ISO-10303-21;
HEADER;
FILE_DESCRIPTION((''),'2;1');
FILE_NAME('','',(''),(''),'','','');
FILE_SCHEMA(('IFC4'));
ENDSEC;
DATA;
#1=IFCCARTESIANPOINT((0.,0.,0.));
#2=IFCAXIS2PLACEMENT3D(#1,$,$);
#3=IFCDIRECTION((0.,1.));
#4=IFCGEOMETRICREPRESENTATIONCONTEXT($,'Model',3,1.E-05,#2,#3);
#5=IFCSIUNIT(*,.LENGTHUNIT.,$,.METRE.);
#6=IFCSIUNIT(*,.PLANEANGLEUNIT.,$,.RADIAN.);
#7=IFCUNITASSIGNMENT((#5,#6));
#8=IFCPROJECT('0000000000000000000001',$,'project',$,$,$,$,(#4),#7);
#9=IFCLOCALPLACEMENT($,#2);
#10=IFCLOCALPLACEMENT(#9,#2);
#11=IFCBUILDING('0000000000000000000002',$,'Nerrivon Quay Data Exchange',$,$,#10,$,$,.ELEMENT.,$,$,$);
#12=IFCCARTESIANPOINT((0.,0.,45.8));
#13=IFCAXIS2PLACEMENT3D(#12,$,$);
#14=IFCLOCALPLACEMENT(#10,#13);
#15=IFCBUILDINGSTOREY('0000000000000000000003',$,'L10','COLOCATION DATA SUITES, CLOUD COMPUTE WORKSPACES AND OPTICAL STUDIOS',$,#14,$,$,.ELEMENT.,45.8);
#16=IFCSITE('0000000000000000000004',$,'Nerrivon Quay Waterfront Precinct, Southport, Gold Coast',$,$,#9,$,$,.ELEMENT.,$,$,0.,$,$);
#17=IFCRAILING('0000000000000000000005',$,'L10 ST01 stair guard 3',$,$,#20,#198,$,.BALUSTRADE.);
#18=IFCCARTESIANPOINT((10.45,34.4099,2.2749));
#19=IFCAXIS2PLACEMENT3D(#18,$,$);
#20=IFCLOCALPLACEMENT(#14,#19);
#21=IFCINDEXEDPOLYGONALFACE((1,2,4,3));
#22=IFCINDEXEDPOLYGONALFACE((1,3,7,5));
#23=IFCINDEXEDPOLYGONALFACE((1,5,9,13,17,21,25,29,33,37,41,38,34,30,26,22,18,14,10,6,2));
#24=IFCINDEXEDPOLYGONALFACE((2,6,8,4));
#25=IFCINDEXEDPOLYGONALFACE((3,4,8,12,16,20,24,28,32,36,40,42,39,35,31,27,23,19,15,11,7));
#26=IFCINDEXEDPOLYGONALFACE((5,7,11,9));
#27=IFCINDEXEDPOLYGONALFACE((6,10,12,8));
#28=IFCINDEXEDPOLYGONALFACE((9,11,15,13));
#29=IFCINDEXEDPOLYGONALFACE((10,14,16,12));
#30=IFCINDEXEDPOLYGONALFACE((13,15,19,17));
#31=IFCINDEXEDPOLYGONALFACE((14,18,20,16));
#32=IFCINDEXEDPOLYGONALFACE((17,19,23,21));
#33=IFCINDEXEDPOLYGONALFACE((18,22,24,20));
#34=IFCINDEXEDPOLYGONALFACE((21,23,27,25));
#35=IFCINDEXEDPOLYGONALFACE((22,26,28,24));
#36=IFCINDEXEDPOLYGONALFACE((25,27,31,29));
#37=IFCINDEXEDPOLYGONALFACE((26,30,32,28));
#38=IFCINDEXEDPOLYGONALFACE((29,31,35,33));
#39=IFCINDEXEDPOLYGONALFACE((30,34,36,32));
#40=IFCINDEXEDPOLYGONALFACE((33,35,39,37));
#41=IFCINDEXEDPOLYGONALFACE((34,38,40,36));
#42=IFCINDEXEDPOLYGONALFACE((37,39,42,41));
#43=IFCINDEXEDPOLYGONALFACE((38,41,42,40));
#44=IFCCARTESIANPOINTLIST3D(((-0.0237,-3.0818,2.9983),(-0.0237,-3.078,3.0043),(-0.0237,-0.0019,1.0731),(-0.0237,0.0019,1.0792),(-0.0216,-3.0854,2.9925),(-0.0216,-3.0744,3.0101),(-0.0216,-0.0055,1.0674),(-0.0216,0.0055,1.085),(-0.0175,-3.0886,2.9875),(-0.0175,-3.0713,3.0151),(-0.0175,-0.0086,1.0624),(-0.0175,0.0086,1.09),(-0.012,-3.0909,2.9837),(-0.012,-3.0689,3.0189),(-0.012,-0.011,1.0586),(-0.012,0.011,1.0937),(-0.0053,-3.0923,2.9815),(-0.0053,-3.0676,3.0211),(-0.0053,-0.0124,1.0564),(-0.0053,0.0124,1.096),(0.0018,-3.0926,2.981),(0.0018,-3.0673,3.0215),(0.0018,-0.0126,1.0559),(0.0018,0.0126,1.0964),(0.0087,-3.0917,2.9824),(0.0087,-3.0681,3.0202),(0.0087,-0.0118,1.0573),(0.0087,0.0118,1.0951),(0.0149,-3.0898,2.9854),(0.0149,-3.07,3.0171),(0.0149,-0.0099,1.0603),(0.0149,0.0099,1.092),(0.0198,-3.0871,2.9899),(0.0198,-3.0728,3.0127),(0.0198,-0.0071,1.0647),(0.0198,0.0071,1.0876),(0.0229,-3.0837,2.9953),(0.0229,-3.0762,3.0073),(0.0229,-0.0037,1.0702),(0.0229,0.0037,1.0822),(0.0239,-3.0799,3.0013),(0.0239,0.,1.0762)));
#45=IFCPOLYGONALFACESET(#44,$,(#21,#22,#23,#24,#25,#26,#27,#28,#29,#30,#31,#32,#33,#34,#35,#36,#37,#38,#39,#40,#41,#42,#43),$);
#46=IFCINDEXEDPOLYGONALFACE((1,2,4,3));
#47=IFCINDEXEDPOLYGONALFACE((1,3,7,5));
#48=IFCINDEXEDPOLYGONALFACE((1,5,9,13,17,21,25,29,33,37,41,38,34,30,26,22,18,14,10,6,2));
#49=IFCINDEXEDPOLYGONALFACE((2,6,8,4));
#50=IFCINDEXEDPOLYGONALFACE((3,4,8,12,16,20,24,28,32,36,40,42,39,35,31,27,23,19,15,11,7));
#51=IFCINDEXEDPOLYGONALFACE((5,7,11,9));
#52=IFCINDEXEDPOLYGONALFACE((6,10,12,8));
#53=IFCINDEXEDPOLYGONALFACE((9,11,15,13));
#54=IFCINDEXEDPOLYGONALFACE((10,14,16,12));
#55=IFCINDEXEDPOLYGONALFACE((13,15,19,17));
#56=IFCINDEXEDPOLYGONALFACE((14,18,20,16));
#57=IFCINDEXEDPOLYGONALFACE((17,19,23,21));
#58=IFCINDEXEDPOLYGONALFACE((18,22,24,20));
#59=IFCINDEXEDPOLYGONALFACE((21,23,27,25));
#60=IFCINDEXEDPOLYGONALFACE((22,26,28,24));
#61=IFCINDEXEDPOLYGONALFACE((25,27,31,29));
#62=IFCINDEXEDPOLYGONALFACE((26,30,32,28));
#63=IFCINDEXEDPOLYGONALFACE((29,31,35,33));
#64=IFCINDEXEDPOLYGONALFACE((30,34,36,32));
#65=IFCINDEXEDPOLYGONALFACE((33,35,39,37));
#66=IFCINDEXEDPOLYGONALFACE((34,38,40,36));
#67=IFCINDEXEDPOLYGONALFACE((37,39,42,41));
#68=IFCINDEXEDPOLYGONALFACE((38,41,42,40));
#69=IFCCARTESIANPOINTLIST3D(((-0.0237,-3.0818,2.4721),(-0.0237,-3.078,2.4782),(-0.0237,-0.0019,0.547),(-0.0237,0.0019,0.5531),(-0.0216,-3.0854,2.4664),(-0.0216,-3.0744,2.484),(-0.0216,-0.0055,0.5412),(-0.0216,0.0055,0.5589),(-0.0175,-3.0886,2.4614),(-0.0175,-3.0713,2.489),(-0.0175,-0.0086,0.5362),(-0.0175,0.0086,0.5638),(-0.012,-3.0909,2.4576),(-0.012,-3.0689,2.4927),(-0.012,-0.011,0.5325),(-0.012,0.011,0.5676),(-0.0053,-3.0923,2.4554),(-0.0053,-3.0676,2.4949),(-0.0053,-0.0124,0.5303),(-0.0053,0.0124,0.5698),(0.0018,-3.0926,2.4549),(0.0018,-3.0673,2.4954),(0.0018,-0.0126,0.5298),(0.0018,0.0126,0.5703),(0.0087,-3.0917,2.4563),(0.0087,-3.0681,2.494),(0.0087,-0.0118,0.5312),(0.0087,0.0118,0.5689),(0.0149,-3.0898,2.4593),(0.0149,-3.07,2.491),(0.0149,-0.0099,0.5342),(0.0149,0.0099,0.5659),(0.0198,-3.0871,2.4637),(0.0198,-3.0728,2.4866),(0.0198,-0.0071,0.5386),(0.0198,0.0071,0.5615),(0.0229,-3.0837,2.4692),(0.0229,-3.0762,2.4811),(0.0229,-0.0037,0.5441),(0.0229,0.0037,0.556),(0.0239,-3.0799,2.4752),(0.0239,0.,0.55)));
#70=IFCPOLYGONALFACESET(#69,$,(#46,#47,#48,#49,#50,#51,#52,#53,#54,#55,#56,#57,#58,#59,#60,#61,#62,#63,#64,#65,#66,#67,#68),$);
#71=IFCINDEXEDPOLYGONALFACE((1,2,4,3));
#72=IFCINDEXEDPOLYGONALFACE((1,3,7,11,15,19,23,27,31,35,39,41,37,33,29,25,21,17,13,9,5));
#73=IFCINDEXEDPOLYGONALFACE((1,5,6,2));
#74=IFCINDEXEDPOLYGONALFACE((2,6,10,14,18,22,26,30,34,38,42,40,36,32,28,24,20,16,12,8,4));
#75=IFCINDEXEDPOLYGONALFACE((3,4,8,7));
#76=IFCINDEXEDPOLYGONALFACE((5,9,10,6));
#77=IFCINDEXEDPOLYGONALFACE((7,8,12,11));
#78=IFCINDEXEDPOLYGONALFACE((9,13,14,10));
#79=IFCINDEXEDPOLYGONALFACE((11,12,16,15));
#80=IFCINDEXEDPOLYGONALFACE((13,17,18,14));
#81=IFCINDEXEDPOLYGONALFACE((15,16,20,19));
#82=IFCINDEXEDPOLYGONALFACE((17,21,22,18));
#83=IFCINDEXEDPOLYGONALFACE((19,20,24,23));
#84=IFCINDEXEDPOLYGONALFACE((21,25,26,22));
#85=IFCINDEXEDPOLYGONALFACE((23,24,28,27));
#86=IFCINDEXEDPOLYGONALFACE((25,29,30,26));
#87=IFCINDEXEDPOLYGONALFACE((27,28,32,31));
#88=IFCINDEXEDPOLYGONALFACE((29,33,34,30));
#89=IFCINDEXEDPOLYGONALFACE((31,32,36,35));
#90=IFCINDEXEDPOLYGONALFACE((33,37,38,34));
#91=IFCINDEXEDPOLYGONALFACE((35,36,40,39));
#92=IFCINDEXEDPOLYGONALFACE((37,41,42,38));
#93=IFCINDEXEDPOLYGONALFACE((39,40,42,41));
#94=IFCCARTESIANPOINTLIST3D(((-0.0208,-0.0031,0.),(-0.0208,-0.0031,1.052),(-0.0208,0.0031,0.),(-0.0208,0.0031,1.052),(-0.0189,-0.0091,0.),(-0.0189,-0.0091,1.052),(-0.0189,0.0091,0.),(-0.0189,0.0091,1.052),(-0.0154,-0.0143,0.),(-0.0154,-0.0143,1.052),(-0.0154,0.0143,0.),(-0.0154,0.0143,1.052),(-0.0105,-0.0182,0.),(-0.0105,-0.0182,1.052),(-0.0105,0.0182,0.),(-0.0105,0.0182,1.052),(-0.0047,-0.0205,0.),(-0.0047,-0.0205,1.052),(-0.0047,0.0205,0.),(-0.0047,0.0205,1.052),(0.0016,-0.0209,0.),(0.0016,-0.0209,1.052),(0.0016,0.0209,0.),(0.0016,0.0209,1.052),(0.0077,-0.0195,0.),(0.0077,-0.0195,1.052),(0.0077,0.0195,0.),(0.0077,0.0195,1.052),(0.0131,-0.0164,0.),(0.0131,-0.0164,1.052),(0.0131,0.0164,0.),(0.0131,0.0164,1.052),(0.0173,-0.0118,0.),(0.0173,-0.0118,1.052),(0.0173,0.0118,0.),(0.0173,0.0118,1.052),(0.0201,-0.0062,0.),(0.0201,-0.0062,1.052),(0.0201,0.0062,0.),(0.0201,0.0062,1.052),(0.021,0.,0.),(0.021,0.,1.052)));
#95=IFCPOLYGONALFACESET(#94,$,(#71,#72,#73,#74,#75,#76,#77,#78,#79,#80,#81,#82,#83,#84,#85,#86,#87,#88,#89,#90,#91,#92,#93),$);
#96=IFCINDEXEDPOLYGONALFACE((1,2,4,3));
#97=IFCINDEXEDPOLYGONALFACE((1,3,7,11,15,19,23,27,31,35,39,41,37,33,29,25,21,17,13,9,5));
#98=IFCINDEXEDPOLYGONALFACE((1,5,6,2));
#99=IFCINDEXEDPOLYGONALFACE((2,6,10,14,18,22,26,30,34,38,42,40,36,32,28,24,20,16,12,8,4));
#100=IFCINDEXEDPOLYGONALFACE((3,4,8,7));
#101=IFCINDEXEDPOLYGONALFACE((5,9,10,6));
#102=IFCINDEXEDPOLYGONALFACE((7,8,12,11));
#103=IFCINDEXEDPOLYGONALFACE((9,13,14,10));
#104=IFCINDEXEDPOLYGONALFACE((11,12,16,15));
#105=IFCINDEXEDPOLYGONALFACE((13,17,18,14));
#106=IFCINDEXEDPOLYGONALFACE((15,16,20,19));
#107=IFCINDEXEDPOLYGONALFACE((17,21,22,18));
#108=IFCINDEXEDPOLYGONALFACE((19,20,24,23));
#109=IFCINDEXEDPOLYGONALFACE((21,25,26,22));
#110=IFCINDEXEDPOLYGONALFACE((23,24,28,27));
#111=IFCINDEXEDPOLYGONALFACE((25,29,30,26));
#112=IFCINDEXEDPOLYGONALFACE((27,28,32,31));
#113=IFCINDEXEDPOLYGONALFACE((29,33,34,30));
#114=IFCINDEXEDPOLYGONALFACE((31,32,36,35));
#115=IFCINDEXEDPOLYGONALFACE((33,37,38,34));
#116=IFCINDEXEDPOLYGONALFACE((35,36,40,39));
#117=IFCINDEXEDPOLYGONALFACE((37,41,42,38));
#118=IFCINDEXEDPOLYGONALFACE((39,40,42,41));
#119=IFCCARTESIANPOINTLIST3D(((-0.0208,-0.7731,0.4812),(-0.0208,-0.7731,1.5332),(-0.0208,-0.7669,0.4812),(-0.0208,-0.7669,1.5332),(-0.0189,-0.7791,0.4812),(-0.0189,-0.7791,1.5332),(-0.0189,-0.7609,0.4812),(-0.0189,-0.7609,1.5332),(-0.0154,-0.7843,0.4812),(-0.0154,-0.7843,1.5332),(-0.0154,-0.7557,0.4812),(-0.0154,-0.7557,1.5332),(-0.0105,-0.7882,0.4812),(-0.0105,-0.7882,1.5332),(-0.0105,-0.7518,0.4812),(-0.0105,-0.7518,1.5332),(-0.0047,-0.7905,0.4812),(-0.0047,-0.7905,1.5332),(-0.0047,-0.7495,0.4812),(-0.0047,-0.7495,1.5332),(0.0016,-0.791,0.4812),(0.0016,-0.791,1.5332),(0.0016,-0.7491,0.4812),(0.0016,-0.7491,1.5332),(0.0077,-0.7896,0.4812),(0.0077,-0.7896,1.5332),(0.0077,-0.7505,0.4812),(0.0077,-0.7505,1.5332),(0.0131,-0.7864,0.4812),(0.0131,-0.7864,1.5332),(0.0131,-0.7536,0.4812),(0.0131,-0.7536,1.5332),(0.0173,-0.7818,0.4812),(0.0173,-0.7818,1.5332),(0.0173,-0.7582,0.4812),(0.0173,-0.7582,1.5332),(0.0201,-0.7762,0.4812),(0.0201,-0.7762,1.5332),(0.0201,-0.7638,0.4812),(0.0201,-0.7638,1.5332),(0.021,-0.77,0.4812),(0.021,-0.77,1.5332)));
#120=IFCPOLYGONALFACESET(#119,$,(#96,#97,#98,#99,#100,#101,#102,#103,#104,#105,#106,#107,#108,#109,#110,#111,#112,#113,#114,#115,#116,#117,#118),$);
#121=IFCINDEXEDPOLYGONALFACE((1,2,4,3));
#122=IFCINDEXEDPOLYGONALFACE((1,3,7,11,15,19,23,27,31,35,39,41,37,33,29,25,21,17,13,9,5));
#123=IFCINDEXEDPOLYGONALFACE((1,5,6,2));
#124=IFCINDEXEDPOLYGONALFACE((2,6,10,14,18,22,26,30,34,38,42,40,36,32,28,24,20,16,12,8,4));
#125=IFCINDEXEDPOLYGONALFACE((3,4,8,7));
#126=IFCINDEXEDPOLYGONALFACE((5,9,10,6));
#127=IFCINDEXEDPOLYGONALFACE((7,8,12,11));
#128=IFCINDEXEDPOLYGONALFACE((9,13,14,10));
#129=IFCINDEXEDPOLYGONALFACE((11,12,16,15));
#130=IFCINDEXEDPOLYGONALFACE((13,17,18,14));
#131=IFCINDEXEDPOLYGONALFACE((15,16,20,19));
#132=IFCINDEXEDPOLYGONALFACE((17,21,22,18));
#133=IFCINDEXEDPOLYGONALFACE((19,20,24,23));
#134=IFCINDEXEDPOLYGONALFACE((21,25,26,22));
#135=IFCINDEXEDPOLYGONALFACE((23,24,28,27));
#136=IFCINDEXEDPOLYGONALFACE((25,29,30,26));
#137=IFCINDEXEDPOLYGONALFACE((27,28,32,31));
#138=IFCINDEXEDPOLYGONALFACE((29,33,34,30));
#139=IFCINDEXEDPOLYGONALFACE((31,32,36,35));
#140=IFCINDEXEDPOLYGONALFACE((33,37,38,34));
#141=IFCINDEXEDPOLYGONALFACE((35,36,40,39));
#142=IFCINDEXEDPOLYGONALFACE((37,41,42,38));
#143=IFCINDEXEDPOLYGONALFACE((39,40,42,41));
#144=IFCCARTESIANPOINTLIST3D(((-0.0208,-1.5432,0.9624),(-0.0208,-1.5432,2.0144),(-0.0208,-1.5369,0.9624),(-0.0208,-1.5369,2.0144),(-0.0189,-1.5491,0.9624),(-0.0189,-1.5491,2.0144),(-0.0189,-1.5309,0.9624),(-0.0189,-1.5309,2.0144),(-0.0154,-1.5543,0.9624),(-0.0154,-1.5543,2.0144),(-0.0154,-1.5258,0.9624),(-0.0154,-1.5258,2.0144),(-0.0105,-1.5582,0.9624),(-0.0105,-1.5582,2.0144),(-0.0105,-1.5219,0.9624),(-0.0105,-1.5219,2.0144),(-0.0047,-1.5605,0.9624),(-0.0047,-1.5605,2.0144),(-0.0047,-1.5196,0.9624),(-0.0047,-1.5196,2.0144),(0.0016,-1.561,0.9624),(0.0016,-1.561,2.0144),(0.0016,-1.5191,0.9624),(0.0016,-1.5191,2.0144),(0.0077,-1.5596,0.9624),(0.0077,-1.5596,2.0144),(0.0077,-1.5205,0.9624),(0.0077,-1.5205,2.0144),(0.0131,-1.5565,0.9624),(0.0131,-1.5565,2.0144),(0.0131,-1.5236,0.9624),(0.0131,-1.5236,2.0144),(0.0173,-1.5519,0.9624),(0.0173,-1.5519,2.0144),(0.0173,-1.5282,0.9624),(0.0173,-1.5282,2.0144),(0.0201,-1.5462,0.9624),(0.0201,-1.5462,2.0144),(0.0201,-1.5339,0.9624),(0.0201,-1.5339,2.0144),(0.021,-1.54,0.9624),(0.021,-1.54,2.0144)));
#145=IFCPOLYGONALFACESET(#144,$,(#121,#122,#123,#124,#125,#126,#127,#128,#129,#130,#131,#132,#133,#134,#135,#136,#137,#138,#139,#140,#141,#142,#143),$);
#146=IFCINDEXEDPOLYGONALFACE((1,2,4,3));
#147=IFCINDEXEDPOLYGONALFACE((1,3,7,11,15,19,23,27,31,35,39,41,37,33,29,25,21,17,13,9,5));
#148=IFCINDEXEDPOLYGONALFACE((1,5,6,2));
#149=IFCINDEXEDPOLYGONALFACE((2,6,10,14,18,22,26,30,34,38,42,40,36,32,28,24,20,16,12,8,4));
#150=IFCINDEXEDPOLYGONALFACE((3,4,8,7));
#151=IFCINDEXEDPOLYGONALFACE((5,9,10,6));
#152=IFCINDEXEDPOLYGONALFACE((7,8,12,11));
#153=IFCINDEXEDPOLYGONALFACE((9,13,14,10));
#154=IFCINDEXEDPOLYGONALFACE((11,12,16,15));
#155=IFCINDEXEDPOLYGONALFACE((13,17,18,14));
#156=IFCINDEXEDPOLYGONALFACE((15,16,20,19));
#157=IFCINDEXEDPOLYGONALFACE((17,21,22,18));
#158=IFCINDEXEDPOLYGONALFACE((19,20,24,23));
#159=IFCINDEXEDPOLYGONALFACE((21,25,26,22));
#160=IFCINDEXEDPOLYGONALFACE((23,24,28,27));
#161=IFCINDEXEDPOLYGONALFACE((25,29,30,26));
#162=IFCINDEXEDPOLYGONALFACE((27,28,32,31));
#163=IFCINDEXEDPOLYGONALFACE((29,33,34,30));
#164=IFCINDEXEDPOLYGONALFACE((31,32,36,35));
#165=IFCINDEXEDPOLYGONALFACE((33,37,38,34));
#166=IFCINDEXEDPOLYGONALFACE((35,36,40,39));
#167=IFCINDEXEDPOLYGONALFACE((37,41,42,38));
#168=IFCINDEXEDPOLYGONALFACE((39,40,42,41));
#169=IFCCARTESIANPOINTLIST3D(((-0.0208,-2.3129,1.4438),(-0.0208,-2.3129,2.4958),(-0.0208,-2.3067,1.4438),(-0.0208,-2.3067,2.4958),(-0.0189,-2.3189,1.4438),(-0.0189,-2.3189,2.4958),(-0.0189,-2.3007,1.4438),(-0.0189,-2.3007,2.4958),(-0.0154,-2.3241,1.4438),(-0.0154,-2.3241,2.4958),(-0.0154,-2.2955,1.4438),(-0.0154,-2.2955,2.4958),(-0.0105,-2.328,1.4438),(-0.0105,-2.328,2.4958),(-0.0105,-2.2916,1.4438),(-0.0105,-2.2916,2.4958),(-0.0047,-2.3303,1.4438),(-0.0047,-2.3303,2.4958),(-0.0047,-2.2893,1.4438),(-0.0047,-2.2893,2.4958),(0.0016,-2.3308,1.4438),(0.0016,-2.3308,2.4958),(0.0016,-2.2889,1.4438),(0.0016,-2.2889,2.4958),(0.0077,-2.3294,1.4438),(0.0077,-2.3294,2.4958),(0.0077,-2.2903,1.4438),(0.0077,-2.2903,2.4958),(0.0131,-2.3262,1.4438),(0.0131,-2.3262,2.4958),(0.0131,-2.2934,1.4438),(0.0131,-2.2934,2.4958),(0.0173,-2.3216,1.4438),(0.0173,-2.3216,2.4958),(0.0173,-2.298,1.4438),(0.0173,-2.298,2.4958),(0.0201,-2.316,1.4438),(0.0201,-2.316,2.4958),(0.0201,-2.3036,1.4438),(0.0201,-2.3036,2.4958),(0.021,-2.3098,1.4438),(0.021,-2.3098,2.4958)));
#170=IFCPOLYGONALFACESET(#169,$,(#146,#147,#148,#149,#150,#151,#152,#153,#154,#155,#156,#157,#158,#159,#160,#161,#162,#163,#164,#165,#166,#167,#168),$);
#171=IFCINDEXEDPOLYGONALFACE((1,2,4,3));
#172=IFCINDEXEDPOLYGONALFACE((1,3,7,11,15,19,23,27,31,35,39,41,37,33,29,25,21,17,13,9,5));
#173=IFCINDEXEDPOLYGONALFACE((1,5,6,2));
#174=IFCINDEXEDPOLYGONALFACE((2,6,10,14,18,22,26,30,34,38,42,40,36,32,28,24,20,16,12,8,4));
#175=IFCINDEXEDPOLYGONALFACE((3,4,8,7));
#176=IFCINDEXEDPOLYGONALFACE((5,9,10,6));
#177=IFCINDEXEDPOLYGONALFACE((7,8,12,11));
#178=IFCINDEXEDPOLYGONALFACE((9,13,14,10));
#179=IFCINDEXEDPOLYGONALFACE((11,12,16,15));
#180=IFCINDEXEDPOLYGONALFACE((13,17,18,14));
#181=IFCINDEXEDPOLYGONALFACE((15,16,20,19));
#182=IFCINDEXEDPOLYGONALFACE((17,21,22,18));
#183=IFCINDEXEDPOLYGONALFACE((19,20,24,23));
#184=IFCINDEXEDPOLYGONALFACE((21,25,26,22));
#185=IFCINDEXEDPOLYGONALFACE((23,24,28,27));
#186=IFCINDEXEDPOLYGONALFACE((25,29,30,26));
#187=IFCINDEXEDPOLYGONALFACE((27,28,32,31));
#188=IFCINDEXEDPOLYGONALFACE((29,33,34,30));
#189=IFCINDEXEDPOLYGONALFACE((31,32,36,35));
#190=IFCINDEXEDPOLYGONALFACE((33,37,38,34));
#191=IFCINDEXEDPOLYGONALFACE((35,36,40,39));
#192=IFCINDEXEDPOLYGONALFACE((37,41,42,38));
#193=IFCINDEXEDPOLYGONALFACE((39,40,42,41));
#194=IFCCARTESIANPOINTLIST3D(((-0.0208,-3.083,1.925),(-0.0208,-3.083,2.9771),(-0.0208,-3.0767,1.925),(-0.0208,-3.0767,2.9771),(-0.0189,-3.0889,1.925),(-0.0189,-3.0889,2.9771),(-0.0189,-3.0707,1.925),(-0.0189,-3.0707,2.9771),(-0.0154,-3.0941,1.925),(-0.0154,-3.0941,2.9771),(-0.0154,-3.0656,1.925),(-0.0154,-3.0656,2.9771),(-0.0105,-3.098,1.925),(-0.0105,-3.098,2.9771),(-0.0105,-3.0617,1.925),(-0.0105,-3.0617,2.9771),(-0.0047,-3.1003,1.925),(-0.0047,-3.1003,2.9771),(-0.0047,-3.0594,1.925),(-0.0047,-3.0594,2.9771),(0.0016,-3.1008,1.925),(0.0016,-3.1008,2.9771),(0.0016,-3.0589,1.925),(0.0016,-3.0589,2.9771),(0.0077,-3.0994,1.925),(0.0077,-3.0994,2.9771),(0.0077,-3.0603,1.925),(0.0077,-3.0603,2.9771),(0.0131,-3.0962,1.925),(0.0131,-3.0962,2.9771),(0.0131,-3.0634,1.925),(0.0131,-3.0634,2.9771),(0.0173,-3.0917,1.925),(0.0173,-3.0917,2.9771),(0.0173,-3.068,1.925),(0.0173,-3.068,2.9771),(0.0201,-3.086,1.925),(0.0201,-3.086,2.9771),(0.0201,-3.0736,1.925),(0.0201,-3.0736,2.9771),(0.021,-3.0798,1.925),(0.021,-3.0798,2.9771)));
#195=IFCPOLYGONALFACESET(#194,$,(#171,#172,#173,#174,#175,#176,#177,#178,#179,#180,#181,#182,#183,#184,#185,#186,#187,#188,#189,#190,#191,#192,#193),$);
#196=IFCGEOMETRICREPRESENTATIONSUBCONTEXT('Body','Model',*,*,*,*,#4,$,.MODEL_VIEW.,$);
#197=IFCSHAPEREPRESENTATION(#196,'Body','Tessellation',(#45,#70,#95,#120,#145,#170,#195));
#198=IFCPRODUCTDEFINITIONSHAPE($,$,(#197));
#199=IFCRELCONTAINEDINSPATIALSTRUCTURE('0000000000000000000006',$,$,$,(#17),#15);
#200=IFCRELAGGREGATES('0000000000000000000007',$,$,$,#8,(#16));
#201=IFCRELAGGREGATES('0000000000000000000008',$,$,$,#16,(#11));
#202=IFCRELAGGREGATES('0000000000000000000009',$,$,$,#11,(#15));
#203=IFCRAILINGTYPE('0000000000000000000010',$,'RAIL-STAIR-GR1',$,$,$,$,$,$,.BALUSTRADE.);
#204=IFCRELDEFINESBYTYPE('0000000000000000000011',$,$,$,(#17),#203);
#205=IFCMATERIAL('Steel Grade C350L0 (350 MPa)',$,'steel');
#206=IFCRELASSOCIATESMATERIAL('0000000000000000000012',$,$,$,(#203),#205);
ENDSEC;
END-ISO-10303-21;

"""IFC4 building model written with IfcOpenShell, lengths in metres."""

from ifc_helpers import new_model, si_unit, direction, frame, origin, origin_2d, place, context, subcontext, project, spatial, circle, extrude, material, type_object, element, save


model = new_model("IFC4")

# Units and contexts
model_context = context("Model", 3, precision=1e-05, world=origin(), true_north=direction((0.0, 1.0)))
body_context = subcontext(model_context, "Body", "Model", "MODEL_VIEW")
ifc_project = project(units=[si_unit("LENGTHUNIT", "METRE"), si_unit("PLANEANGLEUNIT", "RADIAN")], contexts=[model_context])

# Site, building, storey
site_placement = place(None, origin())
site = spatial("IfcSite", under=ifc_project, at=site_placement, Name="Nerrivon Quay Waterfront Precinct, Southport, Gold Coast", CompositionType="ELEMENT", RefElevation=0.0)
building_placement = place(site_placement, origin())
building = spatial("IfcBuilding", under=site, at=building_placement, Name="Nerrivon Quay Data Exchange", CompositionType="ELEMENT")
storey_placement = place(building_placement, frame((0.0, 0.0, 45.8)))
storey = spatial("IfcBuildingStorey", under=building, at=storey_placement, Name="L10", Description="COLOCATION DATA SUITES, CLOUD COMPUTE WORKSPACES AND OPTICAL STUDIOS", CompositionType="ELEMENT", Elevation=45.8)

# Railing
ifc_material_1 = material(Name="Steel Grade C350L0 (350 MPa)", Category="steel")
railing_type = type_object("IfcRailingType", Name="RAIL-STAIR-GR1", PredefinedType="BALUSTRADE", material=ifc_material_1)
railing_1_placement = place(storey_placement, frame((10.45, 34.4099, 2.2749)))
element("IfcRailing", 1, at=railing_1_placement, inside=storey, type_object=railing_type, Name="L10 ST01 stair guard 3", PredefinedType="BALUSTRADE", context=body_context, shape_type="SweptSolid", body=[
    extrude(circle(Radius=0.0239, at=origin_2d()), frame((0.0, 0.0, 1.0762), z_axis=(0.0, -0.847979, 0.530029), x_axis=(1.0, 0.0, 0.0)), (0.0, 0.0, 1.0), 3.6321),
    extrude(circle(Radius=0.0239, at=origin_2d()), frame((0.0, 0.0, 0.55), z_axis=(0.0, -0.847979, 0.530029), x_axis=(1.0, 0.0, 0.0)), (0.0, 0.0, 1.0), 3.6321),
    extrude(circle(Radius=0.021, at=origin_2d()), origin(), (0.0, 0.0, 1.0), 1.052),
    extrude(circle(Radius=0.021, at=origin_2d()), frame((0.0, -0.77, 0.4812)), (0.0, 0.0, 1.0), 1.052),
    extrude(circle(Radius=0.021, at=origin_2d()), frame((0.0, -1.54, 0.9624)), (0.0, 0.0, 1.0), 1.052),
    extrude(circle(Radius=0.021, at=origin_2d()), frame((0.0, -2.3098, 1.4438)), (0.0, 0.0, 1.0), 1.052),
    extrude(circle(Radius=0.021, at=origin_2d()), frame((0.0, -3.0798, 1.925)), (0.0, 0.0, 1.0), 1.052),
])

save(model, "model.ifc")
